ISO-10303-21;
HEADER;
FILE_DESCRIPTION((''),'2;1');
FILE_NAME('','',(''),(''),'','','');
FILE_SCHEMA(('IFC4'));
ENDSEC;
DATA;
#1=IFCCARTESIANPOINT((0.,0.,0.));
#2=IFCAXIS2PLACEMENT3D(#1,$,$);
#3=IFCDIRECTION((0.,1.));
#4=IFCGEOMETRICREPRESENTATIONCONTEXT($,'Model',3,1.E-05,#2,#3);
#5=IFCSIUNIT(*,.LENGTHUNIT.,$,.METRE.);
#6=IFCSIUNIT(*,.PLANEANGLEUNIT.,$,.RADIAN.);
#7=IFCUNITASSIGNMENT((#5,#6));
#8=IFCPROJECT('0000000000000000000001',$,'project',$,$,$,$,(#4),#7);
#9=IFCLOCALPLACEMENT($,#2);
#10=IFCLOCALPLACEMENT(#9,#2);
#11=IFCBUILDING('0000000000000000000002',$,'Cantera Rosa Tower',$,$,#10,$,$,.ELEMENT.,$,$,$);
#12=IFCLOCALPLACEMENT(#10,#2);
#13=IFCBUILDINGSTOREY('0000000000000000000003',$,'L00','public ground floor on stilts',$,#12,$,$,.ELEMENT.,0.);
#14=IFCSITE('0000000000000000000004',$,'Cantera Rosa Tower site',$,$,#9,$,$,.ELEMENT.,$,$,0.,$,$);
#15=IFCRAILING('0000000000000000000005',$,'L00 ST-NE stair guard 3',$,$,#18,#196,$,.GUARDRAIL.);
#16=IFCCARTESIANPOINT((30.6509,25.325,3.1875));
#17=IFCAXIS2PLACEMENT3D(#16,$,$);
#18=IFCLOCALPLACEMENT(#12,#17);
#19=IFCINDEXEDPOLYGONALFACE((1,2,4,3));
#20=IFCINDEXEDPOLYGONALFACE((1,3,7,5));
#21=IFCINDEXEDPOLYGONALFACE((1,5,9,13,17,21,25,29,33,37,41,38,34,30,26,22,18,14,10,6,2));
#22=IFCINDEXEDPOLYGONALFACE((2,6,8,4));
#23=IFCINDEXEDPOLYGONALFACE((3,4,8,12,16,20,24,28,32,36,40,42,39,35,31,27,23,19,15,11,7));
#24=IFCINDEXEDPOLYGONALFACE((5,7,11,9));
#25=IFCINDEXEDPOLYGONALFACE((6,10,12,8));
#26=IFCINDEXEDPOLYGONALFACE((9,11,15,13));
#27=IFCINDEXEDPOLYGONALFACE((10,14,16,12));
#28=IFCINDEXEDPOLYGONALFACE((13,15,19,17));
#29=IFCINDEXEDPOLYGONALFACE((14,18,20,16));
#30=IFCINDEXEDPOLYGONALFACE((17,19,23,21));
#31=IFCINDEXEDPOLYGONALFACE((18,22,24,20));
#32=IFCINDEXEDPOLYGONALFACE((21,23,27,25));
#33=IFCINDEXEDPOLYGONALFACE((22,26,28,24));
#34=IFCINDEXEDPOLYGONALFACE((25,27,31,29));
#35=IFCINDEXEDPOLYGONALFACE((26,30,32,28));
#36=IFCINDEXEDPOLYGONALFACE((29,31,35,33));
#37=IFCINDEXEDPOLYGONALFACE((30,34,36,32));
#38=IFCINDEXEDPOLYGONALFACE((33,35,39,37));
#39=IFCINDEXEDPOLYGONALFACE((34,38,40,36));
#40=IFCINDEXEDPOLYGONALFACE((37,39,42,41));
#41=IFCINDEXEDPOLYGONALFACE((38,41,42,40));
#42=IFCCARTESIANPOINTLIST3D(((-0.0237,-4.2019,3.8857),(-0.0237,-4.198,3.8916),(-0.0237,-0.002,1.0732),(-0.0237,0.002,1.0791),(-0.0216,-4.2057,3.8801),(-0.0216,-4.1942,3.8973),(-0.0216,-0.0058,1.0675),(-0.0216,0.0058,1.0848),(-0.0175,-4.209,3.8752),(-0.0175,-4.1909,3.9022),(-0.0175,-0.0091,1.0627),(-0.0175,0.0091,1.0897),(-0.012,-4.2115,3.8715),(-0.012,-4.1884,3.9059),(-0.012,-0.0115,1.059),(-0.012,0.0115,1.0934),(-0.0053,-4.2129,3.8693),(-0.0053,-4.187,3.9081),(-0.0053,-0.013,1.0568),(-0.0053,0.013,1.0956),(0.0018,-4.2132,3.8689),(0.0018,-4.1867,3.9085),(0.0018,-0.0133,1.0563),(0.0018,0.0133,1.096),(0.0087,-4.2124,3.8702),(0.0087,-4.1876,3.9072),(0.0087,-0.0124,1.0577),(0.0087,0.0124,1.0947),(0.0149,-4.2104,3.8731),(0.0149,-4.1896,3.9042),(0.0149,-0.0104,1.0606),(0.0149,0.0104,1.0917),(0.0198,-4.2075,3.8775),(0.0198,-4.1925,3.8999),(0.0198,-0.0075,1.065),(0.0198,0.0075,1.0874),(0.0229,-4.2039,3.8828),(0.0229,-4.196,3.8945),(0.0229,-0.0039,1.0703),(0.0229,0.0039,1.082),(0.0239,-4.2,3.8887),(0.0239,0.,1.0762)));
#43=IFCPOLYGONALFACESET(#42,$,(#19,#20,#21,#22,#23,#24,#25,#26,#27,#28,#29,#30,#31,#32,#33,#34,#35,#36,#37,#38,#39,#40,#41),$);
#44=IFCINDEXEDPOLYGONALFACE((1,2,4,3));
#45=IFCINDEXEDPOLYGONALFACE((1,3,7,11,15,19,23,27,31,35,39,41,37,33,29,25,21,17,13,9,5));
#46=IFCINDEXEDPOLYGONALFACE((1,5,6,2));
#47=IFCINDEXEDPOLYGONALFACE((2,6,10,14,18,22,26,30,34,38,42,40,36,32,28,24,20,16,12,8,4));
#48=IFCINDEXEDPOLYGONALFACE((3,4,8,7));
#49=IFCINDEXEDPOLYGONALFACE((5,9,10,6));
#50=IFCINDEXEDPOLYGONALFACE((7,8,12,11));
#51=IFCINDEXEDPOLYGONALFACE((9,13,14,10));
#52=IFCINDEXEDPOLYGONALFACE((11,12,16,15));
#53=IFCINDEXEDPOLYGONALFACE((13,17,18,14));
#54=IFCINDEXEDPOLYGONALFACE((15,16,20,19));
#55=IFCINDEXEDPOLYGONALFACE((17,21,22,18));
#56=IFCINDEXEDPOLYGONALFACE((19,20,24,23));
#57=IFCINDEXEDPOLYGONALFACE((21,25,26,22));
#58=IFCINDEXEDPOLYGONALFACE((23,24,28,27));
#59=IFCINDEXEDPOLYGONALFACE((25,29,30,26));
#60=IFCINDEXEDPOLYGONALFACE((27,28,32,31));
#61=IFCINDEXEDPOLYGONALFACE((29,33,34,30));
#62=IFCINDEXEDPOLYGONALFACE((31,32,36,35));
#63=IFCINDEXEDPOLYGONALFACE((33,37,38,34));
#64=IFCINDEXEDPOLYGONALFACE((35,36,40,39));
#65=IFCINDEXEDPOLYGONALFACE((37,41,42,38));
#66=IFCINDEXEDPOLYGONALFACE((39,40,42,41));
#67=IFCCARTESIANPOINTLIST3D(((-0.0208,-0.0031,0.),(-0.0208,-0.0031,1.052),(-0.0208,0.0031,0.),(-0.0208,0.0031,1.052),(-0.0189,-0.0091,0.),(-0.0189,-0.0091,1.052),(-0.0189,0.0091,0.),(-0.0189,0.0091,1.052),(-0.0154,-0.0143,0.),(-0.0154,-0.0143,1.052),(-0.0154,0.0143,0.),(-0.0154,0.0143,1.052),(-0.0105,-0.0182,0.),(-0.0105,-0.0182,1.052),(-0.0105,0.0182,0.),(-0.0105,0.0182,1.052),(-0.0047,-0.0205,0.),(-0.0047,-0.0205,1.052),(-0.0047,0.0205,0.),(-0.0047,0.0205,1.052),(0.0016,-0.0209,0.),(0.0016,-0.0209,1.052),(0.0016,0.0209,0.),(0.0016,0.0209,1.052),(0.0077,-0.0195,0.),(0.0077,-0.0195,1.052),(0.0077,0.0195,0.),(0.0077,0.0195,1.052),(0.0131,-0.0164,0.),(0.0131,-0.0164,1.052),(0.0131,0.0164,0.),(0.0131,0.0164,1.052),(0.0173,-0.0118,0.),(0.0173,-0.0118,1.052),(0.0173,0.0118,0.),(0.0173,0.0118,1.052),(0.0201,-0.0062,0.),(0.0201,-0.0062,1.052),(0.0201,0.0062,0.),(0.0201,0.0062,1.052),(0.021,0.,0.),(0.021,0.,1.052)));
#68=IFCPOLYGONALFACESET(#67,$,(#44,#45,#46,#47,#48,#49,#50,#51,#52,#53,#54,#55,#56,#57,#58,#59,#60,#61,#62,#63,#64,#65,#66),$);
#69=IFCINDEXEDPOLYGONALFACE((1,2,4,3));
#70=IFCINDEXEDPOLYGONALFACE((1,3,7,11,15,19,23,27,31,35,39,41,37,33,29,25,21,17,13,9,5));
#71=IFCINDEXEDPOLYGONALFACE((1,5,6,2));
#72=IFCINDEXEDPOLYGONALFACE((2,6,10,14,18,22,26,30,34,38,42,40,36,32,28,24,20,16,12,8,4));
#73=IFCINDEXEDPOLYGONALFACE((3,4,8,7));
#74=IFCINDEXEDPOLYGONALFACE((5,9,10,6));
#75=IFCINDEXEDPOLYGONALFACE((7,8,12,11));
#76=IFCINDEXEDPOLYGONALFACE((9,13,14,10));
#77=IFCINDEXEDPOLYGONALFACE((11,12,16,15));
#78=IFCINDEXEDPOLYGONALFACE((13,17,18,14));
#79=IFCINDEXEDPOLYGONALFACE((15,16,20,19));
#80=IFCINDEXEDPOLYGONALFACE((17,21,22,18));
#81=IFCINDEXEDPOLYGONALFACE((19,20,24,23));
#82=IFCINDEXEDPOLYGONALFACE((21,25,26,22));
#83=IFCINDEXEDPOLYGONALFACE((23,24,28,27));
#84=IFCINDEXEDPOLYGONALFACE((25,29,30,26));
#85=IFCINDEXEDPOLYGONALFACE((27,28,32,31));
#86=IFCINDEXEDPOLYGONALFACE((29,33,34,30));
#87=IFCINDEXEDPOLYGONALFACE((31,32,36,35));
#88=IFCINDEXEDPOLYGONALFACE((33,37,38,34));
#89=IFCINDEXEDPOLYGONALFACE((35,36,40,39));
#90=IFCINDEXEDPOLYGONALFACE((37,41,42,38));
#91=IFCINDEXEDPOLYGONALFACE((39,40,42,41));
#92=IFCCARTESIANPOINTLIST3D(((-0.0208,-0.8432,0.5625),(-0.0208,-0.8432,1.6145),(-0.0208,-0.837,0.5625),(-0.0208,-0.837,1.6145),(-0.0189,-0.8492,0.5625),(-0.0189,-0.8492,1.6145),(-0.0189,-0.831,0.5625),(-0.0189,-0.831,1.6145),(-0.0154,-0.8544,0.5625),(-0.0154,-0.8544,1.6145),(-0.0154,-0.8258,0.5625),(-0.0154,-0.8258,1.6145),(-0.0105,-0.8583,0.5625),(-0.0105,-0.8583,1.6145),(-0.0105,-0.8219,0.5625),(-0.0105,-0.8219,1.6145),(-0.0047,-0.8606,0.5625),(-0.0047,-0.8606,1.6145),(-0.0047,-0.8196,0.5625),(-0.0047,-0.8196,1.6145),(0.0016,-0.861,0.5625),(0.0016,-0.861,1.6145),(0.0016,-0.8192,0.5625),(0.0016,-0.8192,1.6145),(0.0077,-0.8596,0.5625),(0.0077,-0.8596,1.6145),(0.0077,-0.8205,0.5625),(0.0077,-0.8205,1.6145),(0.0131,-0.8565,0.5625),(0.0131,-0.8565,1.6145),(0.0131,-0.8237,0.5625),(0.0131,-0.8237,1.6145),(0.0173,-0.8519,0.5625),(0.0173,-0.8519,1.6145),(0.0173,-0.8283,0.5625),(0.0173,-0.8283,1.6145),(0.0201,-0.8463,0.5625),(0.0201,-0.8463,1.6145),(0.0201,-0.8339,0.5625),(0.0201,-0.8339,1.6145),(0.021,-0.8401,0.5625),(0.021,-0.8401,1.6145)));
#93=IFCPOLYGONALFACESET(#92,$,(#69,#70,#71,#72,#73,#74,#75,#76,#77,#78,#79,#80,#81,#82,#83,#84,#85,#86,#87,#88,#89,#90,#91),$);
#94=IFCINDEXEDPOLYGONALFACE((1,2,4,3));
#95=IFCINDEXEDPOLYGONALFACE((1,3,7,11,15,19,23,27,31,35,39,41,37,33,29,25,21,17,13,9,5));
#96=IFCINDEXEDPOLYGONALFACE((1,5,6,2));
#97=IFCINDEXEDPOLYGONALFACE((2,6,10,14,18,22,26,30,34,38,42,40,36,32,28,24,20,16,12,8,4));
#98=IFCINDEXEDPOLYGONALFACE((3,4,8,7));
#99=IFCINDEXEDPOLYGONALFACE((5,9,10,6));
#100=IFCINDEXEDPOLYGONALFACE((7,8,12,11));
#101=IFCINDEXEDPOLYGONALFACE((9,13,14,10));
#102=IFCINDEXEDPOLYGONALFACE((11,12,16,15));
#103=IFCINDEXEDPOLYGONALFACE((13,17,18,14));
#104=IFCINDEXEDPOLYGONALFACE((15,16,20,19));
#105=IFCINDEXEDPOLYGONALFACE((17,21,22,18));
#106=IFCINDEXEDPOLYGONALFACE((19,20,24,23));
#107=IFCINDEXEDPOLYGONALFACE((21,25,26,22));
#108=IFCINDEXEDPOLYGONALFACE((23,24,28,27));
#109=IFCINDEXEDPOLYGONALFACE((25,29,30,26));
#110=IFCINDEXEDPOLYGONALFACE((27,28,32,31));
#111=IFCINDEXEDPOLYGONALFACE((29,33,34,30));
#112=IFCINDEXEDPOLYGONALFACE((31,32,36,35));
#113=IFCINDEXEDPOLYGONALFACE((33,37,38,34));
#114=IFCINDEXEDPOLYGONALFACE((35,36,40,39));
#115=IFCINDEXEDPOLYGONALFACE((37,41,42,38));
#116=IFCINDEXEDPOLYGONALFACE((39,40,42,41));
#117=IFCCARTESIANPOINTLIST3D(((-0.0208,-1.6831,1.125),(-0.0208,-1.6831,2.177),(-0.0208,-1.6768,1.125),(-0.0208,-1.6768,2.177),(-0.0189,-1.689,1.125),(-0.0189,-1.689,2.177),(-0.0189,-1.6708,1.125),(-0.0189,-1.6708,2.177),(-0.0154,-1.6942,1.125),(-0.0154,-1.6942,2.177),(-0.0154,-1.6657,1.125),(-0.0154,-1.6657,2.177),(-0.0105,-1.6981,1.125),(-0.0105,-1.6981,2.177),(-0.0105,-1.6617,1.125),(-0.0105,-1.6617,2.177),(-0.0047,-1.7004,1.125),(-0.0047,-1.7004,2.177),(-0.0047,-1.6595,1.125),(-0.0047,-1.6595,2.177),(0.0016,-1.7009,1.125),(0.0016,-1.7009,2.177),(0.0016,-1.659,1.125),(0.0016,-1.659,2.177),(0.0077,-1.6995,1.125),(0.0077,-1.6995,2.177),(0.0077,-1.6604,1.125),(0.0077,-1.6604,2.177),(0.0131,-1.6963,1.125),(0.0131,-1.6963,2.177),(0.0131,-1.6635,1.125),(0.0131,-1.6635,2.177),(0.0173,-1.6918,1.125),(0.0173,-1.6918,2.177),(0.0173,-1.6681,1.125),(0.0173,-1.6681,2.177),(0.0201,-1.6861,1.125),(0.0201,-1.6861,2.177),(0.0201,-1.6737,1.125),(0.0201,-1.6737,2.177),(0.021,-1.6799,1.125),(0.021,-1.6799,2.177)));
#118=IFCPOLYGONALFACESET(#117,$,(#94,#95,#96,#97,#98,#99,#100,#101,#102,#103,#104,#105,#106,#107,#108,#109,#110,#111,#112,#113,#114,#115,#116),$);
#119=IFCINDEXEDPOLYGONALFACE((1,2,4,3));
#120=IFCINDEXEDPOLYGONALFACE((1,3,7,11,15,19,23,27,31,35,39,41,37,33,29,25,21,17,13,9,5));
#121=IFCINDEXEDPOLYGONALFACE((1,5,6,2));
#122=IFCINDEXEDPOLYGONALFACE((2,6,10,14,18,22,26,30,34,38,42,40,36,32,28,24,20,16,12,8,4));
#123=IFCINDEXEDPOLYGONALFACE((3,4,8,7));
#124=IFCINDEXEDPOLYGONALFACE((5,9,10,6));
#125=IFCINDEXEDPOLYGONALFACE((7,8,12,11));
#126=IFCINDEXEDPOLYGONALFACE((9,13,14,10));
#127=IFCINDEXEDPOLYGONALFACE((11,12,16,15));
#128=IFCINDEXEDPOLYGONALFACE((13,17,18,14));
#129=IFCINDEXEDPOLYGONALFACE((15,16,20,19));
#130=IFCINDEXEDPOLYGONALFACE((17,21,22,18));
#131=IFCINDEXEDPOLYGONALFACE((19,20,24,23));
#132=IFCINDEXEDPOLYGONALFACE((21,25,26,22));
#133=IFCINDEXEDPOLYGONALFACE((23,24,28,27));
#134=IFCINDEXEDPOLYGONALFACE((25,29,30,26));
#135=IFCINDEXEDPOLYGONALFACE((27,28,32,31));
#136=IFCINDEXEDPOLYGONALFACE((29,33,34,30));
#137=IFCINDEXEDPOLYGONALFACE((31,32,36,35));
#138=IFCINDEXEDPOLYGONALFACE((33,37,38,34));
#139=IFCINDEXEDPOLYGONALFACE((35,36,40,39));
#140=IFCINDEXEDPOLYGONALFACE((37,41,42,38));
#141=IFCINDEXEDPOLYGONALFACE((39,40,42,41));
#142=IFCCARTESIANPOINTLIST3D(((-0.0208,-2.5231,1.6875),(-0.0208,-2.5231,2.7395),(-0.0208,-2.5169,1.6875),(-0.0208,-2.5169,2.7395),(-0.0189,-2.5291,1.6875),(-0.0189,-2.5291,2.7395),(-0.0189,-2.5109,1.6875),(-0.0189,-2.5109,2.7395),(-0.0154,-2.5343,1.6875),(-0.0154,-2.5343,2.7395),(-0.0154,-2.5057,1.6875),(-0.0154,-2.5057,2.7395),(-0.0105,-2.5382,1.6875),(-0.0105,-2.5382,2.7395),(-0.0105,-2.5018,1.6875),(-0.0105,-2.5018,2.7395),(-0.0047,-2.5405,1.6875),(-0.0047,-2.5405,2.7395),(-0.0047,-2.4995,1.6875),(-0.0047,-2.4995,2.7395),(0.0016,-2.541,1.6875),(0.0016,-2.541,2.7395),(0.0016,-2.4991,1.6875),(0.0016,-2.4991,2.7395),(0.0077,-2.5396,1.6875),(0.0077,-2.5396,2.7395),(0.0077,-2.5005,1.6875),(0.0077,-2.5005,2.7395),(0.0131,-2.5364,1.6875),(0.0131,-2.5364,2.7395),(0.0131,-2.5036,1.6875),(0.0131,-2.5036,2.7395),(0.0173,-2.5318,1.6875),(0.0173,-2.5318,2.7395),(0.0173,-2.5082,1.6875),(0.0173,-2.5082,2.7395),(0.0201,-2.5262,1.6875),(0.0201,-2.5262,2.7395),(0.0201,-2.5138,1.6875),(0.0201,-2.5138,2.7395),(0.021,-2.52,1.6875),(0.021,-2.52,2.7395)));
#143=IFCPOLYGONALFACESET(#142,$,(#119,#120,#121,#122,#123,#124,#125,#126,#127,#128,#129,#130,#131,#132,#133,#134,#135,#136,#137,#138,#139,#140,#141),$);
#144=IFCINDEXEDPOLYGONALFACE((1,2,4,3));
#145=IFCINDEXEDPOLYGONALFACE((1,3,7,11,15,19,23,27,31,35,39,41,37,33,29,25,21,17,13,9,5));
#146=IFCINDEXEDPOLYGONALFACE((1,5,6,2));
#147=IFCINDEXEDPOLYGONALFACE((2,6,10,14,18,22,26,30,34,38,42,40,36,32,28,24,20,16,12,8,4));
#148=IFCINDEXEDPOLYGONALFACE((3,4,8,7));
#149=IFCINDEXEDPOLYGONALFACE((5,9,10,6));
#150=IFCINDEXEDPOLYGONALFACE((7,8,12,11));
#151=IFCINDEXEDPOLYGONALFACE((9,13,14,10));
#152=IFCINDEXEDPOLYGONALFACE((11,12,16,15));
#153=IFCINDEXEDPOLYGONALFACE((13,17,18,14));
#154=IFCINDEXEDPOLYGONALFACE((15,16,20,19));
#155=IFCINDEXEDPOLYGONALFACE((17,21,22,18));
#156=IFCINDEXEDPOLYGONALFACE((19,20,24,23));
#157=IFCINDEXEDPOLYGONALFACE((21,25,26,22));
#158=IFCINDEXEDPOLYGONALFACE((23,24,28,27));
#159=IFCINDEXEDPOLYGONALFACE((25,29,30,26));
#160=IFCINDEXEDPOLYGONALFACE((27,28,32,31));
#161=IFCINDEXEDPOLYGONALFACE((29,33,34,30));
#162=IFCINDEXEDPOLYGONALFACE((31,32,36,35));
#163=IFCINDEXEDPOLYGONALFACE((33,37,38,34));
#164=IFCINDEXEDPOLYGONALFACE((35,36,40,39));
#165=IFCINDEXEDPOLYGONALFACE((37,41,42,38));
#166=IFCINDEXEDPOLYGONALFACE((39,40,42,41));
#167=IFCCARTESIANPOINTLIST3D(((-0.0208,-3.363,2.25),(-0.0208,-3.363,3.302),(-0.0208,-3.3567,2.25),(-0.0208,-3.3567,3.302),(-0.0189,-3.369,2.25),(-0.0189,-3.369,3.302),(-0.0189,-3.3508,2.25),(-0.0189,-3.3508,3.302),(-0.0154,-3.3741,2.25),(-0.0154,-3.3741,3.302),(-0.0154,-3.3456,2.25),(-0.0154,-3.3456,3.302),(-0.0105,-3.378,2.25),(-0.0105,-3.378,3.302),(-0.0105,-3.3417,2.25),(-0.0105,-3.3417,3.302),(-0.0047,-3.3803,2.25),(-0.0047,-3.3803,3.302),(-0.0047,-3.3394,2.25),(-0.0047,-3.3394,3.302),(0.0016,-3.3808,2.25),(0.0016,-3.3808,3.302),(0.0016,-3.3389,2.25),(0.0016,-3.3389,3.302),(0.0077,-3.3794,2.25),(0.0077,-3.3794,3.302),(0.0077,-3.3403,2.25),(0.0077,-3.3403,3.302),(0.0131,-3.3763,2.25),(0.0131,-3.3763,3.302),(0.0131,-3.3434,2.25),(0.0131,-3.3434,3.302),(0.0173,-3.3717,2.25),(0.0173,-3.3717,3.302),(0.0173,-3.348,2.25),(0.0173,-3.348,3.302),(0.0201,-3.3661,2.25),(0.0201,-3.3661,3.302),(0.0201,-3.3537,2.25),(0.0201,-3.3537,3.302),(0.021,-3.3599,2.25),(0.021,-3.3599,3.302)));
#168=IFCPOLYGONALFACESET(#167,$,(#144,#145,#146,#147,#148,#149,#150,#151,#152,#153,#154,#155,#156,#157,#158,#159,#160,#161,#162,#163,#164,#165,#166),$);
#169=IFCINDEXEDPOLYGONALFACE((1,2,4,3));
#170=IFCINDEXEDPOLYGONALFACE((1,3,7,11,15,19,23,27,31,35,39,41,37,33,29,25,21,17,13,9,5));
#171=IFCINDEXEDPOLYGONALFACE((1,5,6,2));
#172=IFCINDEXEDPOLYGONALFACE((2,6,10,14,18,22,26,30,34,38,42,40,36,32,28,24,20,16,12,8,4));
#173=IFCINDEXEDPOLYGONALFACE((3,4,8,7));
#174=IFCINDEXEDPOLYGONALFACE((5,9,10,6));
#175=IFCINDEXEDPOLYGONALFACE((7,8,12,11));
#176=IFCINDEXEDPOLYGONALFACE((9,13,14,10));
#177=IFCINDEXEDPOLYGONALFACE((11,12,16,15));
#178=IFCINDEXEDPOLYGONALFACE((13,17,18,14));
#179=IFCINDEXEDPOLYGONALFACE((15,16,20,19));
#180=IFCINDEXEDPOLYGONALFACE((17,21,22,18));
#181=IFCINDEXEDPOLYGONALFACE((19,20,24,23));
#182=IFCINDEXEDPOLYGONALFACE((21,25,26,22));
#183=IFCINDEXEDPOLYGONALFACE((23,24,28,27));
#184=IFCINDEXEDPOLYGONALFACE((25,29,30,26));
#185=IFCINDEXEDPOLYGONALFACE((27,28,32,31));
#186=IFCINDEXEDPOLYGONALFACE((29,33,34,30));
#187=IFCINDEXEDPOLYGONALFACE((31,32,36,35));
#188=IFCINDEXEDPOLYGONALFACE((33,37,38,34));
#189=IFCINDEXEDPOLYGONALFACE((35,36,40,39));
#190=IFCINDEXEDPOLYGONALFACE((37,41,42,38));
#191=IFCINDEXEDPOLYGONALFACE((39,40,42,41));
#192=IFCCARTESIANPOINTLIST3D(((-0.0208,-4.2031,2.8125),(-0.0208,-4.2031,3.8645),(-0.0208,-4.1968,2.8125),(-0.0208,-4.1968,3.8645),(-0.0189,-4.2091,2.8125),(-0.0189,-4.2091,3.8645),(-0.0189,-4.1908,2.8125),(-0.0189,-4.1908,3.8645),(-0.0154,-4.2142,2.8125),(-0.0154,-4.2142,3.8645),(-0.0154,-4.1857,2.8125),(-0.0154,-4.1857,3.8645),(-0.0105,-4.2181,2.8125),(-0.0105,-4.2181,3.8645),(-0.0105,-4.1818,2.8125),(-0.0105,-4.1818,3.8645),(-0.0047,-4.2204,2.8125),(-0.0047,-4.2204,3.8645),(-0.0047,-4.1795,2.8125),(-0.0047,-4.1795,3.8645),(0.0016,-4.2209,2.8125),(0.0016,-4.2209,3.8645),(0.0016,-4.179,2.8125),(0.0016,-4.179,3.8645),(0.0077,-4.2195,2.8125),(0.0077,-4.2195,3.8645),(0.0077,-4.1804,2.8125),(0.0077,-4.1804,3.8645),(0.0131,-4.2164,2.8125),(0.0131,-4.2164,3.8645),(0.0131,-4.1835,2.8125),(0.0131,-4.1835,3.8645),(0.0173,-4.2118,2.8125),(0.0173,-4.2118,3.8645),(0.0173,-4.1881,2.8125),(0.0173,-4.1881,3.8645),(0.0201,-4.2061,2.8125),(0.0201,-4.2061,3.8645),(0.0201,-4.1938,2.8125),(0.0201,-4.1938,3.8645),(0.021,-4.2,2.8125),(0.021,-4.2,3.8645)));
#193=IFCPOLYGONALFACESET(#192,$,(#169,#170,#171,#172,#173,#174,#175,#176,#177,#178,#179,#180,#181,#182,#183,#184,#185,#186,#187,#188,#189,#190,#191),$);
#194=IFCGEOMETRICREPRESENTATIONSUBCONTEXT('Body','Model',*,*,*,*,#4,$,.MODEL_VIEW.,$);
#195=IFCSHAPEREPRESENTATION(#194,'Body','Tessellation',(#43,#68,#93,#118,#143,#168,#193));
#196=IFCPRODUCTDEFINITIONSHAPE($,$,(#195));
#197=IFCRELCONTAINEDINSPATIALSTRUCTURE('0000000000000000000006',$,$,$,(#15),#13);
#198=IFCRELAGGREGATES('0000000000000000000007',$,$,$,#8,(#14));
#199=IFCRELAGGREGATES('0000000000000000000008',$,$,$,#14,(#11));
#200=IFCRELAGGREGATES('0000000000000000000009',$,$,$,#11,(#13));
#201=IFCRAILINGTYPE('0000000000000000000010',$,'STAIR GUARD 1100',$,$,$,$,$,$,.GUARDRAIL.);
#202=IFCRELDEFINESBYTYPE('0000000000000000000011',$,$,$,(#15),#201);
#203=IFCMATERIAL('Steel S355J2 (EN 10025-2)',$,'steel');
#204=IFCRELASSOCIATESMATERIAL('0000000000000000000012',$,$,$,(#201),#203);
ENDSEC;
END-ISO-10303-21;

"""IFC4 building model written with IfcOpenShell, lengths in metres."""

from ifc_helpers import new_model, si_unit, direction, frame, origin, origin_2d, place, context, subcontext, project, spatial, circle, extrude, material, type_object, element, save


model = new_model("IFC4")

# Units and contexts
model_context = context("Model", 3, precision=1e-05, world=origin(), true_north=direction((0.0, 1.0)))
body_context = subcontext(model_context, "Body", "Model", "MODEL_VIEW")
ifc_project = project(units=[si_unit("LENGTHUNIT", "METRE"), si_unit("PLANEANGLEUNIT", "RADIAN")], contexts=[model_context])

# Site, building, storey
site_placement = place(None, origin())
site = spatial("IfcSite", under=ifc_project, at=site_placement, Name="Cantera Rosa Tower site", CompositionType="ELEMENT", RefElevation=0.0)
building_placement = place(site_placement, origin())
building = spatial("IfcBuilding", under=site, at=building_placement, Name="Cantera Rosa Tower", CompositionType="ELEMENT")
storey_placement = place(building_placement, origin())
storey = spatial("IfcBuildingStorey", under=building, at=storey_placement, Name="L00", Description="public ground floor on stilts", CompositionType="ELEMENT", Elevation=0.0)

# Railing
ifc_material_1 = material(Name="Steel S355J2 (EN 10025-2)", Category="steel")
railing_type_1 = type_object("IfcRailingType", Name="STAIR GUARD 1100", PredefinedType="GUARDRAIL", material=ifc_material_1)
railing_1_placement = place(storey_placement, frame((30.6509, 25.325, 3.1875)))
element("IfcRailing", 1, at=railing_1_placement, inside=storey, type_object=railing_type_1, Name="L00 ST-NE stair guard 3", PredefinedType="GUARDRAIL", context=body_context, shape_type="SweptSolid", body=[
    extrude(circle(Radius=0.0239, at=origin_2d()), frame((0.0, 0.0, 1.0762), z_axis=(0.0, -0.830904, 0.556416), x_axis=(1.0, 0.0, 0.0)), (0.0, 0.0, 1.0), 5.0547),
    extrude(circle(Radius=0.021, at=origin_2d()), origin(), (0.0, 0.0, 1.0), 1.052),
    extrude(circle(Radius=0.021, at=origin_2d()), frame((0.0, -0.8401, 0.5625)), (0.0, 0.0, 1.0), 1.052),
    extrude(circle(Radius=0.021, at=origin_2d()), frame((0.0, -1.6799, 1.125)), (0.0, 0.0, 1.0), 1.052),
    extrude(circle(Radius=0.021, at=origin_2d()), frame((0.0, -2.52, 1.6875)), (0.0, 0.0, 1.0), 1.052),
    extrude(circle(Radius=0.021, at=origin_2d()), frame((0.0, -3.3599, 2.25)), (0.0, 0.0, 1.0), 1.052),
    extrude(circle(Radius=0.021, at=origin_2d()), frame((0.0, -4.2, 2.8125)), (0.0, 0.0, 1.0), 1.052),
])

save(model, "model.ifc")
